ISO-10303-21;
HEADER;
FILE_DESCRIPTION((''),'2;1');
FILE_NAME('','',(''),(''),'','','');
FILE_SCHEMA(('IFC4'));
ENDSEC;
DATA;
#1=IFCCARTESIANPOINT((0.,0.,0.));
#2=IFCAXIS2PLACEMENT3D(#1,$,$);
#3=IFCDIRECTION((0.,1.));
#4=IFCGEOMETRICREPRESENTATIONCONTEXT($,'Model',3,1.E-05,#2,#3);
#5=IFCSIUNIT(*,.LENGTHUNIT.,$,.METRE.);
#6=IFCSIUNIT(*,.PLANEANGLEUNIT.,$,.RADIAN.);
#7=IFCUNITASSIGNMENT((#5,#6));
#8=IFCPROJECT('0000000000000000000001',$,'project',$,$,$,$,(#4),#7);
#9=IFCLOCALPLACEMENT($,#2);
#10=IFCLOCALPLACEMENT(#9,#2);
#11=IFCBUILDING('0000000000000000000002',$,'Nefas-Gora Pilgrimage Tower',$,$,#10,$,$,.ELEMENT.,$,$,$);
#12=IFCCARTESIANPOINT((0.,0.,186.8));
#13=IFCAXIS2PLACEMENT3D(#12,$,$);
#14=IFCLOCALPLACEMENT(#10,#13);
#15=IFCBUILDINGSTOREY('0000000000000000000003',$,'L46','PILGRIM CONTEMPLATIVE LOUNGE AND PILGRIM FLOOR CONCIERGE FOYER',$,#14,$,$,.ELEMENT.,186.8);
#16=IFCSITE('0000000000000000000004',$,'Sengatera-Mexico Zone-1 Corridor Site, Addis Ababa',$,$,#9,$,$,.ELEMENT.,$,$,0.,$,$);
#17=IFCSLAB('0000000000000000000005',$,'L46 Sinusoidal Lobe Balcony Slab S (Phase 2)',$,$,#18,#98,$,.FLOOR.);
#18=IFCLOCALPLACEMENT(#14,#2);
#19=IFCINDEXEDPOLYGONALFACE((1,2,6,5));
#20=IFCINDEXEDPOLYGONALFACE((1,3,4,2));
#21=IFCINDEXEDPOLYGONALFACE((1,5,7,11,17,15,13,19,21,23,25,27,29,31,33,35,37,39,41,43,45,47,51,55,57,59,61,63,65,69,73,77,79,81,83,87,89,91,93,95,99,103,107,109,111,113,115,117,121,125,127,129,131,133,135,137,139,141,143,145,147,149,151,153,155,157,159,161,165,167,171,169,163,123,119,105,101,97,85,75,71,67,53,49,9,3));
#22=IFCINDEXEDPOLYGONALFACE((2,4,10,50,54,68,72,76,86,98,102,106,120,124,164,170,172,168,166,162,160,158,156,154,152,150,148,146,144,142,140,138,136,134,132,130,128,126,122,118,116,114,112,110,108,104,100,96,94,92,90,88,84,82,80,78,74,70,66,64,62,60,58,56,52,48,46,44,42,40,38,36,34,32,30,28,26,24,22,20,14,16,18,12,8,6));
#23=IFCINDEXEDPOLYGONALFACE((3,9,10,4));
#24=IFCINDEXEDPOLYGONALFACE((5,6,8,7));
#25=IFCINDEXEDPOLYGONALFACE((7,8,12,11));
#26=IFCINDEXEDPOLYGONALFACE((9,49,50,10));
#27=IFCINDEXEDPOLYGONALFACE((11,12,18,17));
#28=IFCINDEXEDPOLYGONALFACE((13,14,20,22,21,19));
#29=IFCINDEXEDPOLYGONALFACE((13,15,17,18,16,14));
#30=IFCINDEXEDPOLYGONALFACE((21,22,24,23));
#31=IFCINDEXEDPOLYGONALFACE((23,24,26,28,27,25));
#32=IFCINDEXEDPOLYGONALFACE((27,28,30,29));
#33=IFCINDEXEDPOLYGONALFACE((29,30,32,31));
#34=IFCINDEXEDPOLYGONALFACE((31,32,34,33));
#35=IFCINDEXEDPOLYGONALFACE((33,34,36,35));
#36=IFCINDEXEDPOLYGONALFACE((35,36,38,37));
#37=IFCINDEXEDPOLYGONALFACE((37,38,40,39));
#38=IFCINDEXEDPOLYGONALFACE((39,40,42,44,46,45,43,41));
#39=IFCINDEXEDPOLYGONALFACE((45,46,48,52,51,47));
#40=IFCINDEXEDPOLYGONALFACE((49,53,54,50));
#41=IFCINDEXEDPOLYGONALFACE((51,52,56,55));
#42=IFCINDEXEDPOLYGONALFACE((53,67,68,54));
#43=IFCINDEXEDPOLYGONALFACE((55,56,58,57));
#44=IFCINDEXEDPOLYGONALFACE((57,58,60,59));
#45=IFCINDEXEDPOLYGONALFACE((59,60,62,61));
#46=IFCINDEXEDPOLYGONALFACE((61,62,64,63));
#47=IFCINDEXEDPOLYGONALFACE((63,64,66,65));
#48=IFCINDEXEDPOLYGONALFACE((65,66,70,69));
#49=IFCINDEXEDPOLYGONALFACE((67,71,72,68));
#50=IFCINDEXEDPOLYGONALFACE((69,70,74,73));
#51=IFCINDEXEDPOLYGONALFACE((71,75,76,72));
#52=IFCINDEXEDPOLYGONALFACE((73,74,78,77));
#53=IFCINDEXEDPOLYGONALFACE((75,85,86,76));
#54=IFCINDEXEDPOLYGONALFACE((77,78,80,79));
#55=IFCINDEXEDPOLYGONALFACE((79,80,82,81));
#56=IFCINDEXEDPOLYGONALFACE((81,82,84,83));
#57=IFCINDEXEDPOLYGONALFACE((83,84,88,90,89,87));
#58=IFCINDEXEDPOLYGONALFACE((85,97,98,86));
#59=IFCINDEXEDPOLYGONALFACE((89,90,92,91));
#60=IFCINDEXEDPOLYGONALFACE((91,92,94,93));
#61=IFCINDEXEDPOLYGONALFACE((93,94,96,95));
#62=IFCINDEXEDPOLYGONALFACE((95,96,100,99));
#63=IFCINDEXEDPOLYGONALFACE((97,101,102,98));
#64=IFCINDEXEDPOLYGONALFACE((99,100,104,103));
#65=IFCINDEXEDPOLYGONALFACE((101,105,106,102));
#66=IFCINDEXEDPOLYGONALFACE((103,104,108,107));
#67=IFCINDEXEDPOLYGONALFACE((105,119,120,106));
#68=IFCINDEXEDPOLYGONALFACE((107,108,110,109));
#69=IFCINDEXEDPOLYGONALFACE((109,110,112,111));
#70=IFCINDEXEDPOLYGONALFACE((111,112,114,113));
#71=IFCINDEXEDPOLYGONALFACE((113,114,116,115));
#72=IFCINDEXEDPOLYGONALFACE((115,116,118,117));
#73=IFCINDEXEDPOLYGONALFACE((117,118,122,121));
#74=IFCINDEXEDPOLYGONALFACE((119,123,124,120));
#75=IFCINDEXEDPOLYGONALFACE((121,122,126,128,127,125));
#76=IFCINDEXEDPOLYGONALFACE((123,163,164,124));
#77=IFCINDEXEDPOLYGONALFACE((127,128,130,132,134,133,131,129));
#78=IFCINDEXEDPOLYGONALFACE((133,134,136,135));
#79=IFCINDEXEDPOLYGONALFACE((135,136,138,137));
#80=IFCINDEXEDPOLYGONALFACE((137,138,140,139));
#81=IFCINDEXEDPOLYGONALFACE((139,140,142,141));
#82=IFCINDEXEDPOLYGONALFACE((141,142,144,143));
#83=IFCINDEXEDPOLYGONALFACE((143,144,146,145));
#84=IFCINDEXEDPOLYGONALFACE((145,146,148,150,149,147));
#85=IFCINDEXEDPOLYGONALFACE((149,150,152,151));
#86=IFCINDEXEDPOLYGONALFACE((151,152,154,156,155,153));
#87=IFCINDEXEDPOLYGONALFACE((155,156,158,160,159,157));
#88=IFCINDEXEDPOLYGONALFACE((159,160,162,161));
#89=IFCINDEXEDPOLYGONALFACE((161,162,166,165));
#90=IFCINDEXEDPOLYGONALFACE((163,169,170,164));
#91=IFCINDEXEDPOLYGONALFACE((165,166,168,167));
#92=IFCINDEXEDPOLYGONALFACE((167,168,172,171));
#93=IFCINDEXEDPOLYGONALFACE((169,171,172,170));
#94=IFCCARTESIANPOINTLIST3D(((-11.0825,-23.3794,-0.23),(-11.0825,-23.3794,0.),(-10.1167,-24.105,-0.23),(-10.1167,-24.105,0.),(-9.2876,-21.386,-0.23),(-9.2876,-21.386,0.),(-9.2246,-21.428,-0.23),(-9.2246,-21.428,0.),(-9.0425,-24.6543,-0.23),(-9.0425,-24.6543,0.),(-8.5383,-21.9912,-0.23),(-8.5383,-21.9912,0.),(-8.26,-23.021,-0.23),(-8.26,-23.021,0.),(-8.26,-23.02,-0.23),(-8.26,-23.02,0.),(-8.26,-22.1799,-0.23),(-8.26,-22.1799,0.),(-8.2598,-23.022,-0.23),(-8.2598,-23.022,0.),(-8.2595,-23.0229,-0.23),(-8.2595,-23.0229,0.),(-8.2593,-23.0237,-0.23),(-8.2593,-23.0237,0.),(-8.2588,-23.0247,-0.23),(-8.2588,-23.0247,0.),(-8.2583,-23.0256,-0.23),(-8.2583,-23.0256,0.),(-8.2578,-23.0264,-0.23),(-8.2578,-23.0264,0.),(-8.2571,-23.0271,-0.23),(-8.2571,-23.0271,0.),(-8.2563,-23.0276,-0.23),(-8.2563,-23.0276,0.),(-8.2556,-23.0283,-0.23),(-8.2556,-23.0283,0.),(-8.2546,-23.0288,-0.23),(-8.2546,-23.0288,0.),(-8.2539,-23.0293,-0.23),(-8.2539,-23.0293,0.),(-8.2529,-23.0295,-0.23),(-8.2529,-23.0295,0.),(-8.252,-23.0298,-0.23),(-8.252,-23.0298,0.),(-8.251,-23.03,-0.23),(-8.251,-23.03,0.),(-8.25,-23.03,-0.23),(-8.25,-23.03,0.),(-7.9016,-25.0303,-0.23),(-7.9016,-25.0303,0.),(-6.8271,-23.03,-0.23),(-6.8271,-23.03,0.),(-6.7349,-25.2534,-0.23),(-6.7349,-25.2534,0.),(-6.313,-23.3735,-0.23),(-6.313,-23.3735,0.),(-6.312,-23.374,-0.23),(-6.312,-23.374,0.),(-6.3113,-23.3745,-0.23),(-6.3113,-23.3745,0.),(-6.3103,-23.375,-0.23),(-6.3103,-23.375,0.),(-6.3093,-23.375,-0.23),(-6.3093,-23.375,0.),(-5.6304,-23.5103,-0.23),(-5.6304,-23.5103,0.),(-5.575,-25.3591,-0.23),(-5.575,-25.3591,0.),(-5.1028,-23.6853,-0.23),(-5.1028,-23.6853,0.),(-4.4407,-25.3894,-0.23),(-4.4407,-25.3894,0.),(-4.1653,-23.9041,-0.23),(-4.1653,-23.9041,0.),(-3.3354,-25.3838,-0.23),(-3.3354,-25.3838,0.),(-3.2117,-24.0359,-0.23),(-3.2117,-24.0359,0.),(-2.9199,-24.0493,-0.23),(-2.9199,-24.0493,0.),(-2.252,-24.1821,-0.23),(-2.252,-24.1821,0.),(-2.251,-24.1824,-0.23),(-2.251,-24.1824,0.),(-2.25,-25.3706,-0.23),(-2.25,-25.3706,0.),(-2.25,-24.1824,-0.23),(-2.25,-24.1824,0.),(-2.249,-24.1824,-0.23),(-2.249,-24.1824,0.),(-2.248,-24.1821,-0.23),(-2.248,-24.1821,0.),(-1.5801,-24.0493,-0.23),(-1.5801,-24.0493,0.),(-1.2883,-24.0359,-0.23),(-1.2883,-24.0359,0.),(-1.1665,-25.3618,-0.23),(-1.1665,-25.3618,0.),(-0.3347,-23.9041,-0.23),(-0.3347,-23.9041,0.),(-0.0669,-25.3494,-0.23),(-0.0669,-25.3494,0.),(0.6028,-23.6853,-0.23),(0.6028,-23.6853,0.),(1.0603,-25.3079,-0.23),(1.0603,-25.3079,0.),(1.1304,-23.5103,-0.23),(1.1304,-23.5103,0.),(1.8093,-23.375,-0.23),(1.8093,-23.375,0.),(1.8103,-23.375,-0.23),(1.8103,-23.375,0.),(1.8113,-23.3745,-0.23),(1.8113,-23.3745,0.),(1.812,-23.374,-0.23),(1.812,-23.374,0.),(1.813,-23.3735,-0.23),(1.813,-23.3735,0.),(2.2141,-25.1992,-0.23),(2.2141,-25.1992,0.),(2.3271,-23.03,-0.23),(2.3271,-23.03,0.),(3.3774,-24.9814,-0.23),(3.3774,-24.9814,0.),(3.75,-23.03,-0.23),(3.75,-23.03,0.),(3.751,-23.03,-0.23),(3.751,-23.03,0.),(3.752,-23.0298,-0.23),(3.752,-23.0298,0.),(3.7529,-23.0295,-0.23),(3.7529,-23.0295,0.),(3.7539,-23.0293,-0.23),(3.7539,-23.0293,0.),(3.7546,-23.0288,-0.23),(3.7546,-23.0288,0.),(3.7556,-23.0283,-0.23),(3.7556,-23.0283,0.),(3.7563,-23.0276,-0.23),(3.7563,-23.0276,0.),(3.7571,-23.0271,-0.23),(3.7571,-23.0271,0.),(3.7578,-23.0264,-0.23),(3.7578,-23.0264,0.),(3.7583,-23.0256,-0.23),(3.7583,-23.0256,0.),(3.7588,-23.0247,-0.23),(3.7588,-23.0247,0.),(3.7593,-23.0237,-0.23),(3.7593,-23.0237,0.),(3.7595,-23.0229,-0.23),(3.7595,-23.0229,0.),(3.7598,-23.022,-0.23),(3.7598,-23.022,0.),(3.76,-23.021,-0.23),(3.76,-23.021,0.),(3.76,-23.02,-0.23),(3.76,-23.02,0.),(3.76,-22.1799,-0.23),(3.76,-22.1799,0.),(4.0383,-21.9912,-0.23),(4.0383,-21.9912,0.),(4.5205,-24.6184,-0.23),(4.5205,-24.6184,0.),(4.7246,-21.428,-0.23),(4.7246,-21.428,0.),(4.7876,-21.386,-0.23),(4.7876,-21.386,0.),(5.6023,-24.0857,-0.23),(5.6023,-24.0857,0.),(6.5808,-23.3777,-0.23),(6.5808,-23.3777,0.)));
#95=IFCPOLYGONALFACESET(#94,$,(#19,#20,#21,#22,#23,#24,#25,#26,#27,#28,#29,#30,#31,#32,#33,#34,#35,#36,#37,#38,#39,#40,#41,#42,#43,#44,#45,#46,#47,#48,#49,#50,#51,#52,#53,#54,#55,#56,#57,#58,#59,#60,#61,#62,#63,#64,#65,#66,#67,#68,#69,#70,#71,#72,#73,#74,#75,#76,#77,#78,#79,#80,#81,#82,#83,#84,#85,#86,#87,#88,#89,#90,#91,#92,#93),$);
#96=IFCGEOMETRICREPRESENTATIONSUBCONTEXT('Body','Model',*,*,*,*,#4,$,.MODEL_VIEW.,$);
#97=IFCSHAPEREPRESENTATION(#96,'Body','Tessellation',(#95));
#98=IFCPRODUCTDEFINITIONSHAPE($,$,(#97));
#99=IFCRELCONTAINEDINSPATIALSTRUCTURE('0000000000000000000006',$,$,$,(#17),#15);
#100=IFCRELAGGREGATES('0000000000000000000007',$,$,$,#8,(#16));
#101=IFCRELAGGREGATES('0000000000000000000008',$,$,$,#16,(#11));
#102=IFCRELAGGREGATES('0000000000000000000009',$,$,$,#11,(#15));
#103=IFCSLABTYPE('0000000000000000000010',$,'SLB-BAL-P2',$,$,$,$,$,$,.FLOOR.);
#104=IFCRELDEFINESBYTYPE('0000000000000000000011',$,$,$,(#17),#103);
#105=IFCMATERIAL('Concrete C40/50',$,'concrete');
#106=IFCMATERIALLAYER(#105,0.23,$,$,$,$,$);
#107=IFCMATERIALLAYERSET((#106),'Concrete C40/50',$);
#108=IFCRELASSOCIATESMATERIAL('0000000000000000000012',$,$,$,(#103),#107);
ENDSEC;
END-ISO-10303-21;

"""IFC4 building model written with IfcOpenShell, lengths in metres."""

from ifc_helpers import new_model, si_unit, direction, frame, origin, place, context, subcontext, project, spatial, polyline, outline, extrude, material, layer, layer_set, type_object, element, save


model = new_model("IFC4")

# Units and contexts
model_context = context("Model", 3, precision=1e-05, world=origin(), true_north=direction((0.0, 1.0)))
body_context = subcontext(model_context, "Body", "Model", "MODEL_VIEW")
ifc_project = project(units=[si_unit("LENGTHUNIT", "METRE"), si_unit("PLANEANGLEUNIT", "RADIAN")], contexts=[model_context])

# Site, building, storey
site_placement = place(None, origin())
site = spatial("IfcSite", under=ifc_project, at=site_placement, Name="Sengatera-Mexico Zone-1 Corridor Site, Addis Ababa", CompositionType="ELEMENT", RefElevation=0.0)
building_placement = place(site_placement, origin())
building = spatial("IfcBuilding", under=site, at=building_placement, Name="Nefas-Gora Pilgrimage Tower", CompositionType="ELEMENT")
storey_placement = place(building_placement, frame((0.0, 0.0, 186.8)))
storey = spatial("IfcBuildingStorey", under=building, at=storey_placement, Name="L46", Description="PILGRIM CONTEMPLATIVE LOUNGE AND PILGRIM FLOOR CONCIERGE FOYER", CompositionType="ELEMENT", Elevation=186.8)

# Slab
ifc_material_1 = material(Name="Concrete C40/50", Category="concrete")
ifc_layer_1 = layer(ifc_material_1, 0.23)
ifc_layer_set_1 = layer_set([ifc_layer_1], Name="Concrete C40/50")
slab_type_1 = type_object("IfcSlabType", Name="SLB-BAL-P2", PredefinedType="FLOOR", material=ifc_layer_set_1)
slab_1_placement = place(storey_placement, frame((0.0, 0.0, -0.23)))
element("IfcSlab", 1, at=slab_1_placement, inside=storey, type_object=slab_type_1, Name="L46 Sinusoidal Lobe Balcony Slab S (Phase 2)", PredefinedType="FLOOR", context=body_context, shape_type="SweptSolid", body=[
    extrude(outline(polyline([(4.7876, -21.386), (4.7246, -21.428), (4.0383, -21.9912), (3.76, -22.1799), (3.76, -23.02), (3.76, -23.021), (3.7598, -23.022), (3.7595, -23.0229), (3.7593, -23.0237), (3.7588, -23.0247), (3.7583, -23.0256), (3.7578, -23.0264), (3.7571, -23.0271), (3.7563, -23.0276), (3.7556, -23.0283), (3.7546, -23.0288), (3.7539, -23.0293), (3.7529, -23.0295), (3.752, -23.0298), (3.751, -23.03), (3.75, -23.03), (2.3271, -23.03), (1.813, -23.3735), (1.812, -23.374), (1.8113, -23.3745), (1.8103, -23.375), (1.8093, -23.375), (1.1304, -23.5103), (0.6028, -23.6853), (-0.3347, -23.9041), (-1.2883, -24.0359), (-1.5801, -24.0493), (-2.248, -24.1821), (-2.249, -24.1824), (-2.25, -24.1824), (-2.251, -24.1824), (-2.252, -24.1821), (-2.9199, -24.0493), (-3.2117, -24.0359), (-4.1653, -23.9041), (-5.1028, -23.6853), (-5.6304, -23.5103), (-6.3093, -23.375), (-6.3103, -23.375), (-6.3113, -23.3745), (-6.312, -23.374), (-6.313, -23.3735), (-6.8271, -23.03), (-8.25, -23.03), (-8.251, -23.03), (-8.252, -23.0298), (-8.2529, -23.0295), (-8.2539, -23.0293), (-8.2546, -23.0288), (-8.2556, -23.0283), (-8.2563, -23.0276), (-8.2571, -23.0271), (-8.2578, -23.0264), (-8.2583, -23.0256), (-8.2588, -23.0247), (-8.2593, -23.0237), (-8.2595, -23.0229), (-8.2598, -23.022), (-8.26, -23.021), (-8.26, -23.02), (-8.26, -22.1799), (-8.5383, -21.9912), (-9.2246, -21.428), (-9.2876, -21.386), (-11.0825, -23.3794), (-10.1167, -24.105), (-9.0425, -24.6543), (-7.9016, -25.0303), (-6.7349, -25.2534), (-5.575, -25.3591), (-4.4407, -25.3894), (-3.3354, -25.3838), (-2.25, -25.3706), (-1.1665, -25.3618), (-0.0669, -25.3494), (1.0603, -25.3079), (2.2141, -25.1992), (3.3774, -24.9814), (4.5205, -24.6184), (5.6023, -24.0857), (6.5808, -23.3777), (4.7876, -21.386)])), origin(), (0.0, 0.0, 1.0), 0.23),
])

save(model, "model.ifc")
